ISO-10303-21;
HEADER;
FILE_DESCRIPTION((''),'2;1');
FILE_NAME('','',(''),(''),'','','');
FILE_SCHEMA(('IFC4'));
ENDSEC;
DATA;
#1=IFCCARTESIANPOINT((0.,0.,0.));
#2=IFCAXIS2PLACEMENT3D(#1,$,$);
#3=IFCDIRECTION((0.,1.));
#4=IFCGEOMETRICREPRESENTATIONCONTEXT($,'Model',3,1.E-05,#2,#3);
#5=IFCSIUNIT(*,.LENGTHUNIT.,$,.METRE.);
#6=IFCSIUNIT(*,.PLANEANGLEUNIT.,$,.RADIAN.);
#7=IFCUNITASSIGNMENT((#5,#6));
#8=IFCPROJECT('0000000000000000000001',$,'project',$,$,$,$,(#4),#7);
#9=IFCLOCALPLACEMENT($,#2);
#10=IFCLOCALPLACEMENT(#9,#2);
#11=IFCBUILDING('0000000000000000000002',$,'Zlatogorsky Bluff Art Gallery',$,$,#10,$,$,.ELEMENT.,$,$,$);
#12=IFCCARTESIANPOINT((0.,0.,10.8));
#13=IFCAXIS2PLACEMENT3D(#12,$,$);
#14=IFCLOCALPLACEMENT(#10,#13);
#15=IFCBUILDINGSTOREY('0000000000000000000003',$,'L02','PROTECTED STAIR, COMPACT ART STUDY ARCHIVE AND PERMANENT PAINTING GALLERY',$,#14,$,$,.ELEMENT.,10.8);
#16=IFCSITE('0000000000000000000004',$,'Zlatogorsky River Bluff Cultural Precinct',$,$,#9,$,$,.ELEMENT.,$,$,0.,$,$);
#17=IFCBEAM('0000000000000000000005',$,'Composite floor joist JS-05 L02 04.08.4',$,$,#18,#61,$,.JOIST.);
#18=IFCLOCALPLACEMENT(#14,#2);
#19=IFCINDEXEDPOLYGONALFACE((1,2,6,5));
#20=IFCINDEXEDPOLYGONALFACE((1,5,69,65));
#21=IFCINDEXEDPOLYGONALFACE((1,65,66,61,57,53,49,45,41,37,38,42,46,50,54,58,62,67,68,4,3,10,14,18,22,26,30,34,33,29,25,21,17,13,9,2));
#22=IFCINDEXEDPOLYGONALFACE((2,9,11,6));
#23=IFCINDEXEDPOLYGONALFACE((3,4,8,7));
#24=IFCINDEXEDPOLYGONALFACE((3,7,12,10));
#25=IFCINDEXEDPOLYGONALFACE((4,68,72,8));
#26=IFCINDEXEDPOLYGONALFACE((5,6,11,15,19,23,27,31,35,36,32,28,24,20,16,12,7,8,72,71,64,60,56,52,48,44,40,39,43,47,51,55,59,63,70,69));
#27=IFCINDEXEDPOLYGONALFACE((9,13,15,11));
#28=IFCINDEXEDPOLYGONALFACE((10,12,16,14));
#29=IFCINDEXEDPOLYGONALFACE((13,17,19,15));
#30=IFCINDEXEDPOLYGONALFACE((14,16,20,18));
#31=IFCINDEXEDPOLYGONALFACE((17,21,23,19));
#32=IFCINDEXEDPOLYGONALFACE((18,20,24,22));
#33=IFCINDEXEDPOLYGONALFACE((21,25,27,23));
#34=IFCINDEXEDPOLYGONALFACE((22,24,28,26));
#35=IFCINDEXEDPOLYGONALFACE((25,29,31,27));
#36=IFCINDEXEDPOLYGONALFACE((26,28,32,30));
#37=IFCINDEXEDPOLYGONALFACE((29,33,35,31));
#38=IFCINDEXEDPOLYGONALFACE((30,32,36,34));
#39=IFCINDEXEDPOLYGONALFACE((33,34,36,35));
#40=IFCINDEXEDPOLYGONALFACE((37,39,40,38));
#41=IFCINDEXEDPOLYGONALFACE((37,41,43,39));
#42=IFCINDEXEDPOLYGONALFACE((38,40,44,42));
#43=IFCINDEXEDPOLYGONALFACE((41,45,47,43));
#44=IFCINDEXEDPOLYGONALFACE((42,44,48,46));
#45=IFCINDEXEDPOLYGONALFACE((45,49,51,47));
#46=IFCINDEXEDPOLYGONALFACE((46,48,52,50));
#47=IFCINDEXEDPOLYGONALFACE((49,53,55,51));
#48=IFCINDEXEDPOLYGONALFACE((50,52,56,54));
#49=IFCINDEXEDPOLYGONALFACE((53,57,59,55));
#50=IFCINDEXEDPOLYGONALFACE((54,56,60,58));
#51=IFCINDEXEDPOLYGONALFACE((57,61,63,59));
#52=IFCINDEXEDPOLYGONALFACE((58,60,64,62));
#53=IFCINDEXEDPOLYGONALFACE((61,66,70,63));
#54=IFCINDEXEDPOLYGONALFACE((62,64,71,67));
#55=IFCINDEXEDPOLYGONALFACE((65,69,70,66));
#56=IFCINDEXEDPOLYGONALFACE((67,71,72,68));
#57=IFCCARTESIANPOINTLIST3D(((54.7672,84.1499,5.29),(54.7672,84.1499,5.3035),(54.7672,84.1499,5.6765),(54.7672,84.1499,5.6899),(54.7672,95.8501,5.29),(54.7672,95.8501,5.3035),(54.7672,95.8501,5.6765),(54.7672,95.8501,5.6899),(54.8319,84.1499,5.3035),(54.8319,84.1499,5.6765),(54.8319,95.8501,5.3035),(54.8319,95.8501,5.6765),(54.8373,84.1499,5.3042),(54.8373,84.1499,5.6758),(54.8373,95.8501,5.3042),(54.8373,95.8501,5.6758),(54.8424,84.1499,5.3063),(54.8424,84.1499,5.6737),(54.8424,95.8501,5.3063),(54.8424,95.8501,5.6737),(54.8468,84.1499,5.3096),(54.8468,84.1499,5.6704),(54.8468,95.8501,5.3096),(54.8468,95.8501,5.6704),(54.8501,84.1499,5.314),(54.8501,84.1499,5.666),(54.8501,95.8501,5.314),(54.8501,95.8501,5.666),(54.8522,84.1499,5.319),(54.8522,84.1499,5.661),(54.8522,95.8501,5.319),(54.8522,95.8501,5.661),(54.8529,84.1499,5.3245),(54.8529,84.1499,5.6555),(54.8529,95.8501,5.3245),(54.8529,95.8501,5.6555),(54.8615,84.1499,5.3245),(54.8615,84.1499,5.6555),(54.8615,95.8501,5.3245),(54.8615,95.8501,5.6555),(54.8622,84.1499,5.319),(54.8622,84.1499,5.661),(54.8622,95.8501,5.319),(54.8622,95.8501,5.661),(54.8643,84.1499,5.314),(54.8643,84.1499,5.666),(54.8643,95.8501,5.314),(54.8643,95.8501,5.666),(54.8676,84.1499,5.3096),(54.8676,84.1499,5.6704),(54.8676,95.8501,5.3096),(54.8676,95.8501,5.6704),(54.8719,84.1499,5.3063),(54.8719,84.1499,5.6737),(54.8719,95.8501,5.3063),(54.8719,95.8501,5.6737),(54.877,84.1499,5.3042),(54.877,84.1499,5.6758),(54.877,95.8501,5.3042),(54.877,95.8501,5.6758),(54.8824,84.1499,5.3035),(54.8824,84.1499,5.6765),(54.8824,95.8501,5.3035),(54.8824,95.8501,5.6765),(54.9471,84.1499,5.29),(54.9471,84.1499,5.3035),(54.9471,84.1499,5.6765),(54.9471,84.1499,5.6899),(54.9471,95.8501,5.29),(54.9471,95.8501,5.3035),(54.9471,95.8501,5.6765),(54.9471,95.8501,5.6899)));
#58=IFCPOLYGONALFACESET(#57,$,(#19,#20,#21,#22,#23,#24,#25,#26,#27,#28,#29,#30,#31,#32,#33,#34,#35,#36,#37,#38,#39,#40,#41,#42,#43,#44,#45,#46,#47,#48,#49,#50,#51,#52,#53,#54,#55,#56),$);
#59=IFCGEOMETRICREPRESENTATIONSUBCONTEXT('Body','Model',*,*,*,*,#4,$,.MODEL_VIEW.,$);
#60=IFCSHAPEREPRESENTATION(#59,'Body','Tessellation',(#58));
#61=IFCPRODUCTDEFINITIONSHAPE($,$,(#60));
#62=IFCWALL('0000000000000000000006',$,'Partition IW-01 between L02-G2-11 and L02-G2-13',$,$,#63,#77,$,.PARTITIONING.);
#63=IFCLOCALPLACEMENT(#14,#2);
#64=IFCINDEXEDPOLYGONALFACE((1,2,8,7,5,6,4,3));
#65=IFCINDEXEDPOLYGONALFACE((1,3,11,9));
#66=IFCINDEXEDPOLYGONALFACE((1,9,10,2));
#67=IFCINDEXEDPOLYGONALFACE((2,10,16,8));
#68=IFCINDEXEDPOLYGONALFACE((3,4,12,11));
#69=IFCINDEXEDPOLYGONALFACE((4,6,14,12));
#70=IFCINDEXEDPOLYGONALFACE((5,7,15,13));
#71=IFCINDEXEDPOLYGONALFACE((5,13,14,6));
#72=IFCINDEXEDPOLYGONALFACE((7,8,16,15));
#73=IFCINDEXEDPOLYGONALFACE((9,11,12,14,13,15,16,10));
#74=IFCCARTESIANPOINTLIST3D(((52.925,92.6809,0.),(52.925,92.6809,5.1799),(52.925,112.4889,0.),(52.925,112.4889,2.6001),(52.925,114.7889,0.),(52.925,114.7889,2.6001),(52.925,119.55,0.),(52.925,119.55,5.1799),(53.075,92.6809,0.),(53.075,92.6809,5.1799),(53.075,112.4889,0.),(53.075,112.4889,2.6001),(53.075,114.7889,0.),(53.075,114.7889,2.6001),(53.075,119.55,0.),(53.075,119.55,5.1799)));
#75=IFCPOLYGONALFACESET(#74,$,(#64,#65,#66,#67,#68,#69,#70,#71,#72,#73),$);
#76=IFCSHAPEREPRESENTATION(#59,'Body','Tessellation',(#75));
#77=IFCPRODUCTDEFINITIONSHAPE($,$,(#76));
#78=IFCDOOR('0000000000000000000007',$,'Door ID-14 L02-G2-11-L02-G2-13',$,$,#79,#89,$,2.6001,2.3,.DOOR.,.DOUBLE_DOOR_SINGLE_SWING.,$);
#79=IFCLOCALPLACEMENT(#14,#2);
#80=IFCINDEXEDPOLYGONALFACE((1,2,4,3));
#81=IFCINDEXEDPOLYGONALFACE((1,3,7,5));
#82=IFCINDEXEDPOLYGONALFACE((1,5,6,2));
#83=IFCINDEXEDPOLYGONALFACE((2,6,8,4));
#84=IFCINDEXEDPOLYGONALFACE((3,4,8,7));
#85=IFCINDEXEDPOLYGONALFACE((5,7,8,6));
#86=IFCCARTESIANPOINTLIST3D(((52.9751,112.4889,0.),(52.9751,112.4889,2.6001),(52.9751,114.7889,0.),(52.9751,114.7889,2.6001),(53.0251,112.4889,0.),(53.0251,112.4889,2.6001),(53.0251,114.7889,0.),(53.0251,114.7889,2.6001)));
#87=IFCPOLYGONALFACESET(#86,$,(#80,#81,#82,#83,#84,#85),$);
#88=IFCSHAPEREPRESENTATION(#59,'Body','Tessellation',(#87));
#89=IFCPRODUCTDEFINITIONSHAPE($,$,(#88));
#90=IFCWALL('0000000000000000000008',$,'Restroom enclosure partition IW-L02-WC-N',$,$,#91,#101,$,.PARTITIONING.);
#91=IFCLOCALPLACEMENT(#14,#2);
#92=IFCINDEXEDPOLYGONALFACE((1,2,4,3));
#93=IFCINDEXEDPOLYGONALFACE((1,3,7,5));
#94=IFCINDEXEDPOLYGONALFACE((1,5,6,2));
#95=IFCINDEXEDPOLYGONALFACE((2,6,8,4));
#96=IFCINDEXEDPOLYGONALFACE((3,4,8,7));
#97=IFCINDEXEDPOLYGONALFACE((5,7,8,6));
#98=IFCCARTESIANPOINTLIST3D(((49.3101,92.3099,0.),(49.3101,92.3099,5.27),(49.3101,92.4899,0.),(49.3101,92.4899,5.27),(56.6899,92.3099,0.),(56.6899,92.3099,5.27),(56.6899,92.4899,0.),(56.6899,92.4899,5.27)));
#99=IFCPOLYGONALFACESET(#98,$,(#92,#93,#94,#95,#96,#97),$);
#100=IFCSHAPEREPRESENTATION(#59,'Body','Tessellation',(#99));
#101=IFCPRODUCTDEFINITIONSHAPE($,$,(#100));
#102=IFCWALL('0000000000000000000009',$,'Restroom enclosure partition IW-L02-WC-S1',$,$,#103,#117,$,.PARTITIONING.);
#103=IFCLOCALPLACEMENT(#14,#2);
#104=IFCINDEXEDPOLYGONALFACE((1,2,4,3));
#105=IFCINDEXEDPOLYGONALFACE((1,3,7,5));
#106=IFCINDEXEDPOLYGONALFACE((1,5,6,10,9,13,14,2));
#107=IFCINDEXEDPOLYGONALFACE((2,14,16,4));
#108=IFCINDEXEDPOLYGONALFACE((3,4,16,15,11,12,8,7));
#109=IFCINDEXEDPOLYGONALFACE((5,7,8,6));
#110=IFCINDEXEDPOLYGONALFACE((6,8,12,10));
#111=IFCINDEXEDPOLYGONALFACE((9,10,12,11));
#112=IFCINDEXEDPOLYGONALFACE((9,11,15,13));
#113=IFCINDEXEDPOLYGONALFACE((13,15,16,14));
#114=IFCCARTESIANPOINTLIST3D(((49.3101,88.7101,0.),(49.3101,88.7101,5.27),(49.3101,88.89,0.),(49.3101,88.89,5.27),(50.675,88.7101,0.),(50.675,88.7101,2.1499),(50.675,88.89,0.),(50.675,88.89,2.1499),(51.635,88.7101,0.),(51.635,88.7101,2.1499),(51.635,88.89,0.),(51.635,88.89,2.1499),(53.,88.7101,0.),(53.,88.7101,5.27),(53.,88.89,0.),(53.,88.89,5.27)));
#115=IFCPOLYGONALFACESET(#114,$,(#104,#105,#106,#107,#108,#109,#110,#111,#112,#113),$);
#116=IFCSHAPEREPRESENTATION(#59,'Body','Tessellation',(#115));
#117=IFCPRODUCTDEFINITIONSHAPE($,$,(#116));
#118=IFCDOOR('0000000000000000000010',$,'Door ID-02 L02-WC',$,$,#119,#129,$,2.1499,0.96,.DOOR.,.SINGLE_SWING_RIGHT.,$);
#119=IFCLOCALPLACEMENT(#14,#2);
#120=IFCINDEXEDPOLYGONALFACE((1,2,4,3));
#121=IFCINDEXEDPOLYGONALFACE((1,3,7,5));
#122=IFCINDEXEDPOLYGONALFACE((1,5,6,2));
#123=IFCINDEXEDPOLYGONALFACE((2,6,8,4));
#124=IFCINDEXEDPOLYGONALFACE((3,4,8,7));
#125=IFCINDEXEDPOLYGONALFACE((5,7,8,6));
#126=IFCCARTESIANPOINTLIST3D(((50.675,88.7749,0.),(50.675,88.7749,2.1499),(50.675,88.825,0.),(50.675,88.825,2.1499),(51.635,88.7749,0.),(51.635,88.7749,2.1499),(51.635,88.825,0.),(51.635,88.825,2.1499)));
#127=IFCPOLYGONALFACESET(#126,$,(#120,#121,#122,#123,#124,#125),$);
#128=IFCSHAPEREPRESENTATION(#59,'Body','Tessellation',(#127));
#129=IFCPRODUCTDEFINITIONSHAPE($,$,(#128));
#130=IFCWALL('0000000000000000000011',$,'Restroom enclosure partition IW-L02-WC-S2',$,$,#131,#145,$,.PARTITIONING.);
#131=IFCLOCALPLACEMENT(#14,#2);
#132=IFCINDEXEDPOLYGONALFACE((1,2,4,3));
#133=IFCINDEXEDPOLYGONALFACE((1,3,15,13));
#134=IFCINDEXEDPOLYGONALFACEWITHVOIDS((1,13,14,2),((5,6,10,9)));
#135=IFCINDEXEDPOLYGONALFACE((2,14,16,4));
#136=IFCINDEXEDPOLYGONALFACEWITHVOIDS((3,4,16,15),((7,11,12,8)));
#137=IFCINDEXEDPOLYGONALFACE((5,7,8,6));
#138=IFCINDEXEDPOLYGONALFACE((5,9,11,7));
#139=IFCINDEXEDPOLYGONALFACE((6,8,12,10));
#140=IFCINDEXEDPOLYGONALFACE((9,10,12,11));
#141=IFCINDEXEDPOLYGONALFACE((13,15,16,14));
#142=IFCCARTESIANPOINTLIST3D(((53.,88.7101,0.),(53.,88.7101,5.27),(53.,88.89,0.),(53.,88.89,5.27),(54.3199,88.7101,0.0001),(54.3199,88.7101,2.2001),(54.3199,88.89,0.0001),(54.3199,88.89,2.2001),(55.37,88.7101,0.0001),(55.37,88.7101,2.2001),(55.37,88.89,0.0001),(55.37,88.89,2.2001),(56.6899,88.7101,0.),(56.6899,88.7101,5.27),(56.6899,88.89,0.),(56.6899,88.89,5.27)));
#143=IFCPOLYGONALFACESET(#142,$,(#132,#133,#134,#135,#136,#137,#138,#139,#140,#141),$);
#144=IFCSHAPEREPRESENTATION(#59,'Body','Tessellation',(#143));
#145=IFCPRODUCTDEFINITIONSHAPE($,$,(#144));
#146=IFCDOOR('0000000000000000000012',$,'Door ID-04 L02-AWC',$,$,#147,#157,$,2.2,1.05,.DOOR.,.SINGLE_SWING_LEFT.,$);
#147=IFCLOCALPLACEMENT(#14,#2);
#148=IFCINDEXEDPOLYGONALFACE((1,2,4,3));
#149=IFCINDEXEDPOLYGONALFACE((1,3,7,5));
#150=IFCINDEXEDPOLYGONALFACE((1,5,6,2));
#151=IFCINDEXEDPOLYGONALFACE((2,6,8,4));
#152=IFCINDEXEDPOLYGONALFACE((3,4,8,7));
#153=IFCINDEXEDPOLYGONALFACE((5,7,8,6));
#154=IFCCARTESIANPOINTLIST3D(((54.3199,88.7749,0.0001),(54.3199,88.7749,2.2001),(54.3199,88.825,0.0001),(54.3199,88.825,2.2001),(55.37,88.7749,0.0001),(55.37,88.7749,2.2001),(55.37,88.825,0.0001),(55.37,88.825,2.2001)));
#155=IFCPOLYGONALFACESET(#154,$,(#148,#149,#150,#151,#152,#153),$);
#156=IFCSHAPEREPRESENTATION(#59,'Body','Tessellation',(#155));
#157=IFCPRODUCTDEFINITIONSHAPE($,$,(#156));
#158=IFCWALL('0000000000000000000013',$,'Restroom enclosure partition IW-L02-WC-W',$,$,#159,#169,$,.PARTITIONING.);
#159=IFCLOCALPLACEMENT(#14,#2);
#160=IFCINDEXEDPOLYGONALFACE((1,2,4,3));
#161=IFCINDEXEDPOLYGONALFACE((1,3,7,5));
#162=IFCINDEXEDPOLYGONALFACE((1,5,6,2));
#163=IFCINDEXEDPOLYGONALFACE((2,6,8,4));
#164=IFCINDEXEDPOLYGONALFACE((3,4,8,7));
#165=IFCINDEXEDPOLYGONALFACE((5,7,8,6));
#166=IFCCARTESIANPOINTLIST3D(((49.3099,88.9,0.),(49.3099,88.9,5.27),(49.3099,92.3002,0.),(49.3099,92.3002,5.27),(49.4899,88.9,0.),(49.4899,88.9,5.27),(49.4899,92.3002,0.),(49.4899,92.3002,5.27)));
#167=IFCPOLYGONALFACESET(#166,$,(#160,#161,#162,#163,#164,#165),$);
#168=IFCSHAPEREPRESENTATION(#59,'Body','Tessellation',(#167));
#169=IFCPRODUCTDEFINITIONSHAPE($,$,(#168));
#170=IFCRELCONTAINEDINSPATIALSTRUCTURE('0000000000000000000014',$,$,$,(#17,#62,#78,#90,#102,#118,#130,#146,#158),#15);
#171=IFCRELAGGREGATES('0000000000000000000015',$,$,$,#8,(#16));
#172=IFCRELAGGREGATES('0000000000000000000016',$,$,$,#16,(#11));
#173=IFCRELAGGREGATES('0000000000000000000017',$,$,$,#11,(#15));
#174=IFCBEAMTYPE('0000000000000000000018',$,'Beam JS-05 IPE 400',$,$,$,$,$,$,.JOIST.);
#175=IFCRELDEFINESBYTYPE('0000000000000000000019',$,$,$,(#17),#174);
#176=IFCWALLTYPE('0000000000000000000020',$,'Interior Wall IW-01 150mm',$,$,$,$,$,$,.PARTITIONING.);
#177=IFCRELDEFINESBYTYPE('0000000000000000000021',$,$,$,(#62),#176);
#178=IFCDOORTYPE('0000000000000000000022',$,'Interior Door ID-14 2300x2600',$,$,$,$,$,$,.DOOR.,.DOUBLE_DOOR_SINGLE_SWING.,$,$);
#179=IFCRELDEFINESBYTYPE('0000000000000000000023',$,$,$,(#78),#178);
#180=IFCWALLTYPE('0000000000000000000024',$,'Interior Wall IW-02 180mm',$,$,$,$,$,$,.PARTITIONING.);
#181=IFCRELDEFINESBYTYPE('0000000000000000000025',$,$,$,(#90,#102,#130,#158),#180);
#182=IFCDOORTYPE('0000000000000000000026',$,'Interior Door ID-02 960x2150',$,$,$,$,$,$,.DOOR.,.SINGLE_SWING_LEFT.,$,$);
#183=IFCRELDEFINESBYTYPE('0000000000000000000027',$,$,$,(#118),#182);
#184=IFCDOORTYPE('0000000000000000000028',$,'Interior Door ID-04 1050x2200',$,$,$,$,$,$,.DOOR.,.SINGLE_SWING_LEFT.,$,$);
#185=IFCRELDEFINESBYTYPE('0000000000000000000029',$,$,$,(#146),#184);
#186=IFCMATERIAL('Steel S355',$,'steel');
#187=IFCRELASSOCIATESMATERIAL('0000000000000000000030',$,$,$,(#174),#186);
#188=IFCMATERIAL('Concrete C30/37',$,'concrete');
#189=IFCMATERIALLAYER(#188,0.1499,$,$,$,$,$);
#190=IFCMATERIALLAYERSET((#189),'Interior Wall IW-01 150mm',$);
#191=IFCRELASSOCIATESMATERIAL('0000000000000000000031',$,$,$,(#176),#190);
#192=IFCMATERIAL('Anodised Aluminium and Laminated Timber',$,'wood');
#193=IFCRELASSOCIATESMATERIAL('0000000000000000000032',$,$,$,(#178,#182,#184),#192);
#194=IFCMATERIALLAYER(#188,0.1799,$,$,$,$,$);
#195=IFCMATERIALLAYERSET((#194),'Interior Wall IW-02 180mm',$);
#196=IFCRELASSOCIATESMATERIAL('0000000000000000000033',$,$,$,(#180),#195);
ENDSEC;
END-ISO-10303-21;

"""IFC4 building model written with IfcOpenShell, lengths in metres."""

from ifc_helpers import new_model, si_unit, direction, frame, frame_2d, origin, origin_2d, place, context, subcontext, project, spatial, rectangle, i_section, extrude, material, layer, layer_set, material_profile, profile_set, type_object, element, fill, save


model = new_model("IFC4")

# Units and contexts
model_context = context("Model", 3, precision=1e-05, world=origin(), true_north=direction((0.0, 1.0)))
body_context = subcontext(model_context, "Body", "Model", "MODEL_VIEW")
ifc_project = project(units=[si_unit("LENGTHUNIT", "METRE"), si_unit("PLANEANGLEUNIT", "RADIAN")], contexts=[model_context])

# Site, building, storey
site_placement = place(None, origin())
site = spatial("IfcSite", under=ifc_project, at=site_placement, Name="Zlatogorsky River Bluff Cultural Precinct", CompositionType="ELEMENT", RefElevation=0.0)
building_placement = place(site_placement, origin())
building = spatial("IfcBuilding", under=site, at=building_placement, Name="Zlatogorsky Bluff Art Gallery", CompositionType="ELEMENT")
storey_placement = place(building_placement, frame((0.0, 0.0, 10.8)))
storey = spatial("IfcBuildingStorey", under=building, at=storey_placement, Name="L02", Description="PROTECTED STAIR, COMPACT ART STUDY ARCHIVE AND PERMANENT PAINTING GALLERY", CompositionType="ELEMENT", Elevation=10.8)

# Shared definitions
ifc_material_1 = material(Name="Steel S355", Category="steel")

# Beam
ifc_material_profile_1 = material_profile(ifc_material_1, i_section(OverallWidth=0.1799, OverallDepth=0.3999, WebThickness=0.0085, FlangeThickness=0.0134, FilletRadius=0.021, at=origin_2d()), Name="IPE 400")
ifc_profile_set_1 = profile_set([ifc_material_profile_1], Name="Steel S355")
beam_type_1 = type_object("IfcBeamType", Name="Beam JS-05 IPE 400", PredefinedType="JOIST", material=ifc_profile_set_1)
for number, where, z_axis, x_axis, name in (
    (1, (54.8572, 84.1499, 5.49), (0.0, 1.0, 0.0), (-1.0, 0.0, 0.0), "Composite floor joist JS-05 L02 04.08.4"),
):
    element("IfcBeam", number, at=place(storey_placement, frame(where, z_axis=z_axis, x_axis=x_axis)), inside=storey, type_object=beam_type_1, Name=name, PredefinedType="JOIST", context=body_context, shape_type="SweptSolid", body=[
        extrude(i_section(OverallWidth=0.1799, OverallDepth=0.3999, WebThickness=0.0085, FlangeThickness=0.0134, FilletRadius=0.021, at=origin_2d()), origin(), (0.0, 0.0, 1.0), 11.7002),
    ])

# Wall, opening, door
ifc_material_2 = material(Name="Concrete C30/37", Category="concrete")
ifc_layer_1 = layer(ifc_material_2, 0.1499)
ifc_layer_set_1 = layer_set([ifc_layer_1], Name="Interior Wall IW-01 150mm")
wall_type_1 = type_object("IfcWallType", Name="Interior Wall IW-01 150mm", PredefinedType="PARTITIONING", material=ifc_layer_set_1)
wall_1_placement = place(storey_placement, frame((53.0, 92.6809, 0.0), z_axis=(0.0, 0.0, 1.0), x_axis=(0.0, 1.0, 0.0)))
wall_1 = element("IfcWall", 2, at=wall_1_placement, inside=storey, type_object=wall_type_1, Name="Partition IW-01 between L02-G2-11 and L02-G2-13", PredefinedType="PARTITIONING", context=body_context, shape_type="SweptSolid", body=[
    extrude(rectangle(XDim=26.8691, YDim=0.1499, at=frame_2d((13.4346, 0.0))), origin(), (0.0, 0.0, 1.0), 5.1799),
])
opening_1_placement = place(wall_1_placement, frame((19.8081, 0.0, 0.0)))
opening_1 = element("IfcOpeningElement", 3, at=opening_1_placement, cuts=wall_1, PredefinedType="OPENING", context=body_context, shape_type="SweptSolid", body=[
    extrude(rectangle(XDim=2.3, YDim=2.6001, at=frame_2d((1.1499, 1.3))), frame((0.0, 0.085, 0.0), z_axis=(0.0, -1.0, 0.0), x_axis=(1.0, 0.0, 0.0)), (0.0, 0.0, 1.0), 0.1699),
])
ifc_material_3 = material(Name="Anodised Aluminium and Laminated Timber", Category="wood")
door_type_1 = type_object("IfcDoorType", Name="Interior Door ID-14 2300x2600", OperationType="DOUBLE_DOOR_SINGLE_SWING", PredefinedType="DOOR", material=ifc_material_3)
door_1_placement = place(opening_1_placement, origin())
door_1 = element("IfcDoor", 4, at=door_1_placement, inside=storey, type_object=door_type_1, Name="Door ID-14 L02-G2-11-L02-G2-13", OperationType="DOUBLE_DOOR_SINGLE_SWING", OverallHeight=2.6001, OverallWidth=2.3, PredefinedType="DOOR", context=body_context, shape_type="SweptSolid", body=[
    extrude(rectangle(XDim=2.3, YDim=2.6001, at=frame_2d((1.1499, 1.3))), frame((0.0, 0.0249, 0.0), z_axis=(0.0, -1.0, 0.0), x_axis=(1.0, 0.0, 0.0)), (0.0, 0.0, 1.0), 0.05),
])
fill(opening_1, door_1)

# Wall
ifc_layer_2 = layer(ifc_material_2, 0.1799)
ifc_layer_set_2 = layer_set([ifc_layer_2], Name="Interior Wall IW-02 180mm")
wall_type_2 = type_object("IfcWallType", Name="Interior Wall IW-02 180mm", PredefinedType="PARTITIONING", material=ifc_layer_set_2)
wall_2_placement = place(storey_placement, frame((49.3101, 92.3999, 0.0), z_axis=(0.0, 0.0, 1.0), x_axis=(1.0, 0.0, 0.0)))
element("IfcWall", 5, at=wall_2_placement, inside=storey, type_object=wall_type_2, Name="Restroom enclosure partition IW-L02-WC-N", PredefinedType="PARTITIONING", context=body_context, shape_type="SweptSolid", body=[
    extrude(rectangle(XDim=7.3799, YDim=0.1799, at=frame_2d((3.6899, 0.0))), origin(), (0.0, 0.0, 1.0), 5.27),
])

# Walls, openings, doors
wall_3_placement = place(storey_placement, frame((49.3101, 88.8, 0.0), z_axis=(0.0, 0.0, 1.0), x_axis=(1.0, 0.0, 0.0)))
wall_3 = element("IfcWall", 6, at=wall_3_placement, inside=storey, type_object=wall_type_2, Name="Restroom enclosure partition IW-L02-WC-S1", PredefinedType="PARTITIONING", context=body_context, shape_type="SweptSolid", body=[
    extrude(rectangle(XDim=3.6899, YDim=0.1799, at=frame_2d((1.845, 0.0))), origin(), (0.0, 0.0, 1.0), 5.27),
])
opening_2_placement = place(wall_3_placement, frame((1.365, 0.0, 0.0)))
opening_2 = element("IfcOpeningElement", 7, at=opening_2_placement, cuts=wall_3, PredefinedType="OPENING", context=body_context, shape_type="SweptSolid", body=[
    extrude(rectangle(XDim=0.96, YDim=2.1499, at=frame_2d((0.48, 1.075))), frame((0.0, 0.0999, 0.0), z_axis=(0.0, -1.0, 0.0), x_axis=(1.0, 0.0, 0.0)), (0.0, 0.0, 1.0), 0.2),
])
door_type_2 = type_object("IfcDoorType", Name="Interior Door ID-02 960x2150", OperationType="SINGLE_SWING_LEFT", PredefinedType="DOOR", material=ifc_material_3)
door_2_placement = place(opening_2_placement, origin())
door_2 = element("IfcDoor", 8, at=door_2_placement, inside=storey, type_object=door_type_2, Name="Door ID-02 L02-WC", OperationType="SINGLE_SWING_RIGHT", OverallHeight=2.1499, OverallWidth=0.96, PredefinedType="DOOR", context=body_context, shape_type="SweptSolid", body=[
    extrude(rectangle(XDim=0.96, YDim=2.1499, at=frame_2d((0.48, 1.075))), frame((0.0, 0.0249, 0.0), z_axis=(0.0, -1.0, 0.0), x_axis=(1.0, 0.0, 0.0)), (0.0, 0.0, 1.0), 0.05),
])
fill(opening_2, door_2)
wall_4_placement = place(storey_placement, frame((53.0, 88.8, 0.0), z_axis=(0.0, 0.0, 1.0), x_axis=(1.0, 0.0, 0.0)))
wall_4 = element("IfcWall", 9, at=wall_4_placement, inside=storey, type_object=wall_type_2, Name="Restroom enclosure partition IW-L02-WC-S2", PredefinedType="PARTITIONING", context=body_context, shape_type="SweptSolid", body=[
    extrude(rectangle(XDim=3.6899, YDim=0.1799, at=frame_2d((1.845, 0.0))), origin(), (0.0, 0.0, 1.0), 5.27),
])
opening_3_placement = place(wall_4_placement, frame((1.3201, 0.0, 0.0)))
opening_3 = element("IfcOpeningElement", 10, at=opening_3_placement, cuts=wall_4, PredefinedType="OPENING", context=body_context, shape_type="SweptSolid", body=[
    extrude(rectangle(XDim=1.05, YDim=2.2, at=frame_2d((0.5249, 1.1001))), frame((0.0, 0.0999, 0.0), z_axis=(0.0, -1.0, 0.0), x_axis=(1.0, 0.0, 0.0)), (0.0, 0.0, 1.0), 0.2),
])
door_type_3 = type_object("IfcDoorType", Name="Interior Door ID-04 1050x2200", OperationType="SINGLE_SWING_LEFT", PredefinedType="DOOR", material=ifc_material_3)
door_3_placement = place(opening_3_placement, origin())
door_3 = element("IfcDoor", 11, at=door_3_placement, inside=storey, type_object=door_type_3, Name="Door ID-04 L02-AWC", OperationType="SINGLE_SWING_LEFT", OverallHeight=2.2, OverallWidth=1.05, PredefinedType="DOOR", context=body_context, shape_type="SweptSolid", body=[
    extrude(rectangle(XDim=1.05, YDim=2.2, at=frame_2d((0.5249, 1.1001))), frame((0.0, 0.0249, 0.0), z_axis=(0.0, -1.0, 0.0), x_axis=(1.0, 0.0, 0.0)), (0.0, 0.0, 1.0), 0.05),
])
fill(opening_3, door_3)

# Wall
for number, where, z_axis, x_axis, name in (
    (12, (49.3999, 88.8999, 0.0), (0.0, 0.0, 1.0), (0.0, 1.0, 0.0), "Restroom enclosure partition IW-L02-WC-W"),
):
    element("IfcWall", number, at=place(storey_placement, frame(where, z_axis=z_axis, x_axis=x_axis)), inside=storey, type_object=wall_type_2, Name=name, PredefinedType="PARTITIONING", context=body_context, shape_type="SweptSolid", body=[
        extrude(rectangle(XDim=3.4001, YDim=0.1799, at=frame_2d((1.7002, 0.0))), origin(), (0.0, 0.0, 1.0), 5.27),
    ])

save(model, "model.ifc")
